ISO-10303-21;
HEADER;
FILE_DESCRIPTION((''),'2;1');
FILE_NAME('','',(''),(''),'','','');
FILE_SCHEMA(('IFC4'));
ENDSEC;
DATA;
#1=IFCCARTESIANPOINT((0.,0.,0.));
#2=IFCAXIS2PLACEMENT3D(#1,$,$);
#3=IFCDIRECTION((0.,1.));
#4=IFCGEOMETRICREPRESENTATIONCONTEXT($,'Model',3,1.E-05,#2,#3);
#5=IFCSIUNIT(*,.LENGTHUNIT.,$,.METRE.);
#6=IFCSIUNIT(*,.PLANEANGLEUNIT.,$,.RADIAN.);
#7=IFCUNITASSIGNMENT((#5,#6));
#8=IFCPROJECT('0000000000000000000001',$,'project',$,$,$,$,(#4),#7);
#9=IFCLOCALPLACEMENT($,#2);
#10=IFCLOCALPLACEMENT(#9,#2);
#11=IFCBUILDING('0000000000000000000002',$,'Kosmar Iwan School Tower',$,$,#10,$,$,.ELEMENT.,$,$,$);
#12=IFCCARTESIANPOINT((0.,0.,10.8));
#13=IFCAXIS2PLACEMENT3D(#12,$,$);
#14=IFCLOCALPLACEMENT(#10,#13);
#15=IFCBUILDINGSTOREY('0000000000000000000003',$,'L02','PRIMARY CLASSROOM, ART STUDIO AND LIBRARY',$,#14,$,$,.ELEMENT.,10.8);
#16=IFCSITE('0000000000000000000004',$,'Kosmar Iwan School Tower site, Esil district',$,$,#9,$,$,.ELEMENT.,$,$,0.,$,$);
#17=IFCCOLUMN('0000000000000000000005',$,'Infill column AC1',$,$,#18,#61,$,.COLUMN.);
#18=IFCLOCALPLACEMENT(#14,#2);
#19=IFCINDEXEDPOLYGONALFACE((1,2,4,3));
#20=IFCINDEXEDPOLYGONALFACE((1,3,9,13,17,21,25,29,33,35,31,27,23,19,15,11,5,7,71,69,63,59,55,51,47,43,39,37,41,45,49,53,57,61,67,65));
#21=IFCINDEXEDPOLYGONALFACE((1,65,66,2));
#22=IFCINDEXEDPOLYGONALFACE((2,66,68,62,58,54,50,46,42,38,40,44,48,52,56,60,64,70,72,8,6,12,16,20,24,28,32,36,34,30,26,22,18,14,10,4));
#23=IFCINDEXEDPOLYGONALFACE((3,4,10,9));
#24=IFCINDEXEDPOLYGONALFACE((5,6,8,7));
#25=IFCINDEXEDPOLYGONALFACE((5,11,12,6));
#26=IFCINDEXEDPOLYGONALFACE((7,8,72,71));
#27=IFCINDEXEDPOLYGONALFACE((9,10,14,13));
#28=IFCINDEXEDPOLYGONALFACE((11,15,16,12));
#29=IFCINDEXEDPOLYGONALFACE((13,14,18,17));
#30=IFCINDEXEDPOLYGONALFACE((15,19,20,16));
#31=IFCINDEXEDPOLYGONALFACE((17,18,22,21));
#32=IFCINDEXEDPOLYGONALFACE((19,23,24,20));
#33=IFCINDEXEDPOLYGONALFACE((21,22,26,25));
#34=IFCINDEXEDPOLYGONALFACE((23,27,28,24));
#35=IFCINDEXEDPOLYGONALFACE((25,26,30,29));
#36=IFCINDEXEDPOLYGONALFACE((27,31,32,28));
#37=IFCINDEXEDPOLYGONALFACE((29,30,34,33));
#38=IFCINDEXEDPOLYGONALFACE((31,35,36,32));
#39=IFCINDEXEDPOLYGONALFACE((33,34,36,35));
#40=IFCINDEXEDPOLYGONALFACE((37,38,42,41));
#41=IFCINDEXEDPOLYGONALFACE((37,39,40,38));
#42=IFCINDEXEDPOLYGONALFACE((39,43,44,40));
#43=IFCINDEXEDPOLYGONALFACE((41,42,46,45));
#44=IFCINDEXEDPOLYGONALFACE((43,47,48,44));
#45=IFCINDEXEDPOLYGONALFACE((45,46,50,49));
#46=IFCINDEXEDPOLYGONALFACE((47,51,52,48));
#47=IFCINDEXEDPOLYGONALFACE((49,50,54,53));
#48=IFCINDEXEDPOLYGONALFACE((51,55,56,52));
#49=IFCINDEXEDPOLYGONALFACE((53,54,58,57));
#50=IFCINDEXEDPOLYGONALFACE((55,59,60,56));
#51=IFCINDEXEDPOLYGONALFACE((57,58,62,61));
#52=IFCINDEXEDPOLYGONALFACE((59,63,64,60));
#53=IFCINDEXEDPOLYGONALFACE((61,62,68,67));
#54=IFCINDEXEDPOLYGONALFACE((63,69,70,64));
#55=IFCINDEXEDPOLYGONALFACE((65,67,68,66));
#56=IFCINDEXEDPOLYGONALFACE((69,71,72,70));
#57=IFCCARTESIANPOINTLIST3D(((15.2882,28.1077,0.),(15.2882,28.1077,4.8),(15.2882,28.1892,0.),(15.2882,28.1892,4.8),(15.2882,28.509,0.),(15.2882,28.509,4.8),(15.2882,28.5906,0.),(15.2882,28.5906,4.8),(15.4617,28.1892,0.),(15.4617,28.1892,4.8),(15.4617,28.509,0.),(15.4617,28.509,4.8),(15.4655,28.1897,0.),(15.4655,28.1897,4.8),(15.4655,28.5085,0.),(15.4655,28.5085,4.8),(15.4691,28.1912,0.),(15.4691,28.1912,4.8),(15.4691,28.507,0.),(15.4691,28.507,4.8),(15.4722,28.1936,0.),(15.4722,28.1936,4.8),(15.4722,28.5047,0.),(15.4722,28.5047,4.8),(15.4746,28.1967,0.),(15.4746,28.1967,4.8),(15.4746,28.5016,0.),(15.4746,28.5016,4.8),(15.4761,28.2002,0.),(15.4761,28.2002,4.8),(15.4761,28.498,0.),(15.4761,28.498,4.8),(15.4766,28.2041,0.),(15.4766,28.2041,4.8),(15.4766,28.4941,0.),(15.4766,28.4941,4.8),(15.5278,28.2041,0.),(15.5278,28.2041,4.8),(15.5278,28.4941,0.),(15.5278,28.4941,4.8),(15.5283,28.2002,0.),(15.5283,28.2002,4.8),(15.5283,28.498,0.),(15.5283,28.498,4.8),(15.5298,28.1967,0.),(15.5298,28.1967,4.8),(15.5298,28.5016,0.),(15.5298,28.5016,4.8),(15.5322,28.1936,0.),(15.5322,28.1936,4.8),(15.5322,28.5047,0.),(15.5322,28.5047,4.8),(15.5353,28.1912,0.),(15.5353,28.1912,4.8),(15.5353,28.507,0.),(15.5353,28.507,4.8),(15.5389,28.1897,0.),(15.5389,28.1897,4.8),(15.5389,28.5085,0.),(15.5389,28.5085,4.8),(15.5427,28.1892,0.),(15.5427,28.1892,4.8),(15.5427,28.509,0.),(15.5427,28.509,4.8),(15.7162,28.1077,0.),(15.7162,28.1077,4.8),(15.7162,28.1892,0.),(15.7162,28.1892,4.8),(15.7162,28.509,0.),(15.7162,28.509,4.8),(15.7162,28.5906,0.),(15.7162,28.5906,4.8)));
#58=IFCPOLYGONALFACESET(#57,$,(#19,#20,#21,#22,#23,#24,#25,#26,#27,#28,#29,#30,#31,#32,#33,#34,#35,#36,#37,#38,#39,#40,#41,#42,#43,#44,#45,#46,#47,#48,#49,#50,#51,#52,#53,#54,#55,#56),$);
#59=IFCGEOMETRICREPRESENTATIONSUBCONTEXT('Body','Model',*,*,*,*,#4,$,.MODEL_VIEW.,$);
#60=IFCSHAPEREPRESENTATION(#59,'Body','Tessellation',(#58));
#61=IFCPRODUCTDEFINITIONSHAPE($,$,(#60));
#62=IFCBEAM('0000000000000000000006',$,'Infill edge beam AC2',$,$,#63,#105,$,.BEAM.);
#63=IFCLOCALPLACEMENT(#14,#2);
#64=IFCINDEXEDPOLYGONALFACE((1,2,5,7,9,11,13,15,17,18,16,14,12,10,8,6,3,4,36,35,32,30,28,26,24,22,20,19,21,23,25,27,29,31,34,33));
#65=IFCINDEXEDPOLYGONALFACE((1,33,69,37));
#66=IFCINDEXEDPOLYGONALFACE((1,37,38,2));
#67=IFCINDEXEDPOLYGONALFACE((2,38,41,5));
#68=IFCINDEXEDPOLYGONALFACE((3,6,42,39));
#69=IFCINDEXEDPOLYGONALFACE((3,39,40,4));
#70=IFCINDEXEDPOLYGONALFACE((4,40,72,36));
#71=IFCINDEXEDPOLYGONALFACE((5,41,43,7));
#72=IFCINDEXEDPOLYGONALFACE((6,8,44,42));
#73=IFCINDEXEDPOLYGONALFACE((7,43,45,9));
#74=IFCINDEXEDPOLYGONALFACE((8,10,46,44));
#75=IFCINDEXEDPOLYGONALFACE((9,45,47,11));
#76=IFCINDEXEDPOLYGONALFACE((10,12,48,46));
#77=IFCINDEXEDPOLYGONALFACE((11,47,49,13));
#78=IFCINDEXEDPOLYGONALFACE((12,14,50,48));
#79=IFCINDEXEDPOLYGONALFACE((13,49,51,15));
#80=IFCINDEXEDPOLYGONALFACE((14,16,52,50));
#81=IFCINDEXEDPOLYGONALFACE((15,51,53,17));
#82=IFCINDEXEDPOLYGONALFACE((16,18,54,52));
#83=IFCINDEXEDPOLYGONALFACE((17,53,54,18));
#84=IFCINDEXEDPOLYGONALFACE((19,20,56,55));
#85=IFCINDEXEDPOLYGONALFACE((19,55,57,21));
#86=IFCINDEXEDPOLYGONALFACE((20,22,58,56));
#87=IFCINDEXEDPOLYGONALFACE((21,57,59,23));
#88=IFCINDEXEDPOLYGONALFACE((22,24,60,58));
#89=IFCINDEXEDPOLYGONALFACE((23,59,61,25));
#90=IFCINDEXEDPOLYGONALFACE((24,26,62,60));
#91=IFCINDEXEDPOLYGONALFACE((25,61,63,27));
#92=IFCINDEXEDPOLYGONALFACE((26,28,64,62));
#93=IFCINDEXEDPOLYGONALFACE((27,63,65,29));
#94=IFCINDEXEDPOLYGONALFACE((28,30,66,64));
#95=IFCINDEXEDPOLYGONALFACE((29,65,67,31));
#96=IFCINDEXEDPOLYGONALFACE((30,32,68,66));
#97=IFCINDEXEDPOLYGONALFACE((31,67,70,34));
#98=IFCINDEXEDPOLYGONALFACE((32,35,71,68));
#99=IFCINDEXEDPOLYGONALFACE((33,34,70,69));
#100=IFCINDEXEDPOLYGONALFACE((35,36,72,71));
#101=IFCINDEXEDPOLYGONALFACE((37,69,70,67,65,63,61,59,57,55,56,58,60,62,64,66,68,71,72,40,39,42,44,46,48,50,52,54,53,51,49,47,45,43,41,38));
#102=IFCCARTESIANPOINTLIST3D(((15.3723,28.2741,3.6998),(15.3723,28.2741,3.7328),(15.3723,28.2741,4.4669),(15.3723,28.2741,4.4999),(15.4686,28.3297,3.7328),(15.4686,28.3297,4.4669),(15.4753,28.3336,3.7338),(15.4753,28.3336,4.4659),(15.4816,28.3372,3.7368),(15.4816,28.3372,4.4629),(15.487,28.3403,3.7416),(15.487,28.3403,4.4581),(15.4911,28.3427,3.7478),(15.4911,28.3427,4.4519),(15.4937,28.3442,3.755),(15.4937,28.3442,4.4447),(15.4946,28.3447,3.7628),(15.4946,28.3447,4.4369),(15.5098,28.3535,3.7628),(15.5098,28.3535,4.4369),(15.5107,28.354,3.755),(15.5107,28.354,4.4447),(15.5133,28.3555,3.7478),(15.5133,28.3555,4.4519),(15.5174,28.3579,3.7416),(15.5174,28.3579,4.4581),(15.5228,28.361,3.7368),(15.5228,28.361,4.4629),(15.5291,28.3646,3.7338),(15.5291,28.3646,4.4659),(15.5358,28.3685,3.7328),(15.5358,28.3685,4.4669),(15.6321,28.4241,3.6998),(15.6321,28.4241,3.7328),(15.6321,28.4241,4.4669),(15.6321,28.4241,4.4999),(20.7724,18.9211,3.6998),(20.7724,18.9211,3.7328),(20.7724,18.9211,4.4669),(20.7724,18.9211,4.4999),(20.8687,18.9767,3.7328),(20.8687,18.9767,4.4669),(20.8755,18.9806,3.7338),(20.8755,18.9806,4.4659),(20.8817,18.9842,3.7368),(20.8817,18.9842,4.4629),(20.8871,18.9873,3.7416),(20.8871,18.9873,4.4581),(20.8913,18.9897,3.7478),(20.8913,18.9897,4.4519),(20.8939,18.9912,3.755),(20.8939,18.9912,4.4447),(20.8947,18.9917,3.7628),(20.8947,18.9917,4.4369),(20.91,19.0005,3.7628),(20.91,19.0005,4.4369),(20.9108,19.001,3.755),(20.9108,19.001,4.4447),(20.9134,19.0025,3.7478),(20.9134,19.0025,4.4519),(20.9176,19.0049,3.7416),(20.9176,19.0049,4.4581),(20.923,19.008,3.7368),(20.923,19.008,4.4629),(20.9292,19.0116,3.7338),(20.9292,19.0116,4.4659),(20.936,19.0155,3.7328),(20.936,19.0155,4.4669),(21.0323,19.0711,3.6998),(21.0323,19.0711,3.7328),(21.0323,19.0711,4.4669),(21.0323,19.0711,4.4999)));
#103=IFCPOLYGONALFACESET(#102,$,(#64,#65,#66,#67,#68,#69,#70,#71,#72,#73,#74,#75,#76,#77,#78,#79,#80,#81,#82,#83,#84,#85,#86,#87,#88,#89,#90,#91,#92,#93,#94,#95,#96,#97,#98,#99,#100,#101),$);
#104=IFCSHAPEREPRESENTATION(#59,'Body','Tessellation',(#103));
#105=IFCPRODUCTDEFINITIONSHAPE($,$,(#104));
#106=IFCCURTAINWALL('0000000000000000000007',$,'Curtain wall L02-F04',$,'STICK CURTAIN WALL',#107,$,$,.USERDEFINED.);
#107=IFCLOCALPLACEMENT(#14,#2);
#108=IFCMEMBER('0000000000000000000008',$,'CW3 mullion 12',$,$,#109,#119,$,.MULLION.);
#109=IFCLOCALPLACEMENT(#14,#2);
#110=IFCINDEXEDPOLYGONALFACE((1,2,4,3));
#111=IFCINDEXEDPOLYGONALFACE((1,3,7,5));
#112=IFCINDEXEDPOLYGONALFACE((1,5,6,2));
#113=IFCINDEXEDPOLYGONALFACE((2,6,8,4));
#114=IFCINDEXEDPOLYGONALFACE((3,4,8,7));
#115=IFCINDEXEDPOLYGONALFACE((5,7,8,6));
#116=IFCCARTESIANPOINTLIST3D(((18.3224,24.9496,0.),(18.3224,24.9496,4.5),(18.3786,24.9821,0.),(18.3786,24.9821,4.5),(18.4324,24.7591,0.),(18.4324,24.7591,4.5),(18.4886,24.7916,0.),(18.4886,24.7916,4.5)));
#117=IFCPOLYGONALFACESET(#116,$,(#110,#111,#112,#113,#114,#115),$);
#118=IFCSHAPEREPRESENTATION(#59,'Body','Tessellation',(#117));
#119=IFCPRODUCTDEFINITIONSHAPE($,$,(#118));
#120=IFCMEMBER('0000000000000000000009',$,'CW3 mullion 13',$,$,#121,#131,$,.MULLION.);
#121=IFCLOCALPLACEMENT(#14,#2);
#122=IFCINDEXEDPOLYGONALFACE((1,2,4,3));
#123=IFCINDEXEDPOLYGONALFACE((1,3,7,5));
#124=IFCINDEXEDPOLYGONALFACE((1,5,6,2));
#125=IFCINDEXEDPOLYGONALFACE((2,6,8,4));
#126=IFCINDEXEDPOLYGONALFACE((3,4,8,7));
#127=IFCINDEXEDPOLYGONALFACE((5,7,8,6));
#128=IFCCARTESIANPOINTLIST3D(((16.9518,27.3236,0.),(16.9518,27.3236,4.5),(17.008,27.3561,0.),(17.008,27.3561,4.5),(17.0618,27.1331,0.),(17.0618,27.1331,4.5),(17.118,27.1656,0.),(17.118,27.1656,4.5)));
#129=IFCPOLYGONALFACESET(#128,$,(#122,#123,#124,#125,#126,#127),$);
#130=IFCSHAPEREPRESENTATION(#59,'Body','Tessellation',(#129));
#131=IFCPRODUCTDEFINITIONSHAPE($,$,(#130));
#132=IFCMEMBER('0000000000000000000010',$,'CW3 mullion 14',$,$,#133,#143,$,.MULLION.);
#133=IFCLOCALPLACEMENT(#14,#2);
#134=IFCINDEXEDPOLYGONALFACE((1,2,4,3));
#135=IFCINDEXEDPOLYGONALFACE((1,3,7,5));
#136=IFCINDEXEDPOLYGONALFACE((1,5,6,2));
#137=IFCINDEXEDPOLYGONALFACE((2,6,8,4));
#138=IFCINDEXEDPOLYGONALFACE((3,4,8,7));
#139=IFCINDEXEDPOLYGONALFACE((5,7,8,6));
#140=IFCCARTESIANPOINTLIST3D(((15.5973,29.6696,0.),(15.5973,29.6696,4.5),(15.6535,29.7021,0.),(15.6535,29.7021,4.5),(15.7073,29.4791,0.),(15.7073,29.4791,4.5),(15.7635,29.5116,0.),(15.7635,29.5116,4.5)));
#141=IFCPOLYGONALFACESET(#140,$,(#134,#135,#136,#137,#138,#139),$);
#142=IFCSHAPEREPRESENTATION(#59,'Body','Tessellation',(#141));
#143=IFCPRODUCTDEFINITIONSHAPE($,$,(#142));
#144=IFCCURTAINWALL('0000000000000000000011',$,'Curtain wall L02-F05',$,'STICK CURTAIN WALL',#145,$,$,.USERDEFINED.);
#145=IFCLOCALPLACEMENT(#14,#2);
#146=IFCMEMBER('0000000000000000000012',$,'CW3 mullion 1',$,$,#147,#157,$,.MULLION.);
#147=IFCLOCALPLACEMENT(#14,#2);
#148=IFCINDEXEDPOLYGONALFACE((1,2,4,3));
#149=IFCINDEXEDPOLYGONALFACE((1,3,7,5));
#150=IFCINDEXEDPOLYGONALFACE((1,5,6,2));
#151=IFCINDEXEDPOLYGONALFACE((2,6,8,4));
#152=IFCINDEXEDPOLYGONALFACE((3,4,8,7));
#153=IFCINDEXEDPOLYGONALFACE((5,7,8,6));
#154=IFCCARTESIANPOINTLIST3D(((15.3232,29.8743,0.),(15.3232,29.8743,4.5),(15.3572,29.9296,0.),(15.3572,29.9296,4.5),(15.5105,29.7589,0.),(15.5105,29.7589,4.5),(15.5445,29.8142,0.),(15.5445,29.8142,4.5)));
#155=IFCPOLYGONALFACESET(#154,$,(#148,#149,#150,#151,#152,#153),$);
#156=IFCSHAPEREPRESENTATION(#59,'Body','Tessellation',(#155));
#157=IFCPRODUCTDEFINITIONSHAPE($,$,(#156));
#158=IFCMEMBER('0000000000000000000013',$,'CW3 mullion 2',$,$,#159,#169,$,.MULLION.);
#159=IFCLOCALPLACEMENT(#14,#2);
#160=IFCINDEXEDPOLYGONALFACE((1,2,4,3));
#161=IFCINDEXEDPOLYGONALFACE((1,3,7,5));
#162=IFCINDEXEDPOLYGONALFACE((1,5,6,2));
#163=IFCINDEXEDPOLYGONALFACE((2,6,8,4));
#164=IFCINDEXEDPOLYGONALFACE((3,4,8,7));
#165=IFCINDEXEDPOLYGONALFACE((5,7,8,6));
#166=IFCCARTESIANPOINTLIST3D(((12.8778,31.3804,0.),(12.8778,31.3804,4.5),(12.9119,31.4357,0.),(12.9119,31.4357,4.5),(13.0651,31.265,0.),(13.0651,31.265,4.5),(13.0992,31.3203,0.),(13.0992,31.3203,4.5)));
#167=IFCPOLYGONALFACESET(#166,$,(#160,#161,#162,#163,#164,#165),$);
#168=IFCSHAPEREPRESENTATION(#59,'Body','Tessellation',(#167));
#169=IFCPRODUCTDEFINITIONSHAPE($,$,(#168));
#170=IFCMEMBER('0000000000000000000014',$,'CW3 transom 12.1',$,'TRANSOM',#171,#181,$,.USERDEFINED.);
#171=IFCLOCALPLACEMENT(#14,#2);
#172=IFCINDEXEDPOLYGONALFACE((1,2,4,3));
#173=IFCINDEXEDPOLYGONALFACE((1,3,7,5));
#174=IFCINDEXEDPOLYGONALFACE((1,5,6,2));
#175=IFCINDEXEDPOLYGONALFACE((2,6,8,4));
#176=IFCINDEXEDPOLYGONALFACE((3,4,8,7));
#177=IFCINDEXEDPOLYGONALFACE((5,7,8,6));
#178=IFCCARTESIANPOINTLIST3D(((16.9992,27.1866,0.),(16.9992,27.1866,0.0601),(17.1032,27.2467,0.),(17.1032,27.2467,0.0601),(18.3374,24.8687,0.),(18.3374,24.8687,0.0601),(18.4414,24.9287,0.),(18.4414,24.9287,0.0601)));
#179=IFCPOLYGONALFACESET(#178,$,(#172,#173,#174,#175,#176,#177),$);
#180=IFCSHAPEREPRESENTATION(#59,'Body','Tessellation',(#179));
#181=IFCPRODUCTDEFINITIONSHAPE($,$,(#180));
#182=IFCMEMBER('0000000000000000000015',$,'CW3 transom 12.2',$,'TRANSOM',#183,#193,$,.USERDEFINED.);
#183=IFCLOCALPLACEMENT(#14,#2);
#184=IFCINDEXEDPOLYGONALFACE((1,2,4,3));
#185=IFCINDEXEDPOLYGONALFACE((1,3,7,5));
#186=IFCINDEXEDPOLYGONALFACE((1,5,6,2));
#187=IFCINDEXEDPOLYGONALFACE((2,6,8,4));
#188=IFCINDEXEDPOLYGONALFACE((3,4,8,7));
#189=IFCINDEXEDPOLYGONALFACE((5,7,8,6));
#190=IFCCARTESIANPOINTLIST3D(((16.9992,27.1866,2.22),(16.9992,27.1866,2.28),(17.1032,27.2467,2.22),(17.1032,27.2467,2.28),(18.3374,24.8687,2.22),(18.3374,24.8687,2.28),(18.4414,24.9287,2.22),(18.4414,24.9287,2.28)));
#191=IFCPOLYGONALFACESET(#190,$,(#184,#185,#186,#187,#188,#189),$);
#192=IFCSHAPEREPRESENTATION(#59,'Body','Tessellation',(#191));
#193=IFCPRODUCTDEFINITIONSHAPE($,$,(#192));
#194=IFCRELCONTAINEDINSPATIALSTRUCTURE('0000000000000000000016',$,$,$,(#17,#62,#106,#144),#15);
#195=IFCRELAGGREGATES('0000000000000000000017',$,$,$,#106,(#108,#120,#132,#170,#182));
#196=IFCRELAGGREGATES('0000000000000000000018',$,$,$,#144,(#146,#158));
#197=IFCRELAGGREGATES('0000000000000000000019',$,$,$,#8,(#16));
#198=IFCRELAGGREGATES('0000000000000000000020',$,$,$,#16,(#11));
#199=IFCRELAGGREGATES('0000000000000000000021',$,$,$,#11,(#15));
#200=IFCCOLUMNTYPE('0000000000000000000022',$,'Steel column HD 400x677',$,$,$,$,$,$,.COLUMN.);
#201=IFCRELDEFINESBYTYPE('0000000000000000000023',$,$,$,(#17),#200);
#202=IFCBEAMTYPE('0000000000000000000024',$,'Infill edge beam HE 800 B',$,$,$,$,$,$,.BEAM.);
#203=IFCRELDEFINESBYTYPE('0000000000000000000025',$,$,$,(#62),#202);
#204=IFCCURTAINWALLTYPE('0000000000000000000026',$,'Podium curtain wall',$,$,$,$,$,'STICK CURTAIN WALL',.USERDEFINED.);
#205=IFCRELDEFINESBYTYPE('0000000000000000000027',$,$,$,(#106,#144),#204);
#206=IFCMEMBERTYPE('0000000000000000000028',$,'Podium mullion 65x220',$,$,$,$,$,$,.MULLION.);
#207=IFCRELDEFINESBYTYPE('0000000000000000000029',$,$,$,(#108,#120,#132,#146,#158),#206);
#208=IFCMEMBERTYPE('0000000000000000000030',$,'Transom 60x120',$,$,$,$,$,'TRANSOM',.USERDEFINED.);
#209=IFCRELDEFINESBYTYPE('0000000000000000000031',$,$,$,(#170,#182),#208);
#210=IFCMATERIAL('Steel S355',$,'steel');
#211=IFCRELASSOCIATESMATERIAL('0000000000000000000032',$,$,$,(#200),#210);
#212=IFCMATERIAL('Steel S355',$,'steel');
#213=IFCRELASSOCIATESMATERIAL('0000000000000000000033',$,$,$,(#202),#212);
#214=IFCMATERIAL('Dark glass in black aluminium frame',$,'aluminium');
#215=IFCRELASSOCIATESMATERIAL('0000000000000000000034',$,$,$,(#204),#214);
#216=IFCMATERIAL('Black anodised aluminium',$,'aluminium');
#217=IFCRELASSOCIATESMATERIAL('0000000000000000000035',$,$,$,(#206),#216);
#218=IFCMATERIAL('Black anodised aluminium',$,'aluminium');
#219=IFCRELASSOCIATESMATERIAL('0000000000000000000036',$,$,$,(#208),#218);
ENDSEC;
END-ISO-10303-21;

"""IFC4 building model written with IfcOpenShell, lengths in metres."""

from ifc_helpers import new_model, si_unit, direction, frame, origin, origin_2d, place, context, subcontext, project, spatial, rectangle, i_section, extrude, material, material_profile, profile_set, type_object, element, aggregate, save


model = new_model("IFC4")

# Units and contexts
model_context = context("Model", 3, precision=1e-05, world=origin(), true_north=direction((0.0, 1.0)))
body_context = subcontext(model_context, "Body", "Model", "MODEL_VIEW")
ifc_project = project(units=[si_unit("LENGTHUNIT", "METRE"), si_unit("PLANEANGLEUNIT", "RADIAN")], contexts=[model_context])

# Site, building, storey
site_placement = place(None, origin())
site = spatial("IfcSite", under=ifc_project, at=site_placement, Name="Kosmar Iwan School Tower site, Esil district", CompositionType="ELEMENT", RefElevation=0.0)
building_placement = place(site_placement, origin())
building = spatial("IfcBuilding", under=site, at=building_placement, Name="Kosmar Iwan School Tower", CompositionType="ELEMENT")
storey_placement = place(building_placement, frame((0.0, 0.0, 10.8)))
storey = spatial("IfcBuildingStorey", under=building, at=storey_placement, Name="L02", Description="PRIMARY CLASSROOM, ART STUDIO AND LIBRARY", CompositionType="ELEMENT", Elevation=10.8)

# Column
ifc_material_1 = material(Name="Steel S355", Category="steel")
ifc_material_profile_1 = material_profile(ifc_material_1, i_section(OverallWidth=0.428, OverallDepth=0.4829, WebThickness=0.0513, FlangeThickness=0.0815, FilletRadius=0.0149, at=origin_2d()), Name="HD 400x677")
ifc_profile_set_1 = profile_set([ifc_material_profile_1], Name="Steel S355")
column_type = type_object("IfcColumnType", Name="Steel column HD 400x677", PredefinedType="COLUMN", material=ifc_profile_set_1)
column_placement = place(storey_placement, frame((15.5022, 28.3491, 0.0), z_axis=(0.0, 0.0, 1.0), x_axis=(1.0, 0.0, 0.0)))
element("IfcColumn", 1, at=column_placement, inside=storey, type_object=column_type, Name="Infill column AC1", PredefinedType="COLUMN", context=body_context, shape_type="SweptSolid", body=[
    extrude(i_section(OverallWidth=0.428, OverallDepth=0.4829, WebThickness=0.0513, FlangeThickness=0.0815, FilletRadius=0.0149, at=origin_2d()), origin(), (0.0, 0.0, 1.0), 4.8),
])

# Beam
ifc_material_2 = material(Name="Steel S355", Category="steel")
ifc_material_profile_2 = material_profile(ifc_material_2, i_section(OverallWidth=0.3, OverallDepth=0.8, WebThickness=0.0176, FlangeThickness=0.033, FilletRadius=0.03, at=origin_2d()), Name="HE 800 B")
ifc_profile_set_2 = profile_set([ifc_material_profile_2], Name="Steel S355")
beam_type = type_object("IfcBeamType", Name="Infill edge beam HE 800 B", PredefinedType="BEAM", material=ifc_profile_set_2)
beam_placement = place(storey_placement, frame((15.5022, 28.3491, 4.0999), z_axis=(0.500012, -0.866018, 0.0), x_axis=(0.866018, 0.500012, 0.0)))
element("IfcBeam", 2, at=beam_placement, inside=storey, type_object=beam_type, Name="Infill edge beam AC2", PredefinedType="BEAM", context=body_context, shape_type="SweptSolid", body=[
    extrude(i_section(OverallWidth=0.3, OverallDepth=0.8, WebThickness=0.0176, FlangeThickness=0.033, FilletRadius=0.03, at=origin_2d()), origin(), (0.0, 0.0, 1.0), 10.8),
])

# Curtain walls, members
ifc_material_3 = material(Name="Dark glass in black aluminium frame", Category="aluminium")
curtain_wall_type = type_object("IfcCurtainWallType", Name="Podium curtain wall", ElementType="STICK CURTAIN WALL", PredefinedType="USERDEFINED", material=ifc_material_3)
curtain_wall_1_placement = place(storey_placement, origin())
curtain_wall_1 = element("IfcCurtainWall", 3, at=curtain_wall_1_placement, inside=storey, type_object=curtain_wall_type, Name="Curtain wall L02-F04", ObjectType="STICK CURTAIN WALL", PredefinedType="USERDEFINED")
ifc_material_4 = material(Name="Black anodised aluminium", Category="aluminium")
ifc_material_profile_3 = material_profile(ifc_material_4, rectangle(XDim=0.0649, YDim=0.22, at=origin_2d()), Name="MULLION 65x220")
ifc_profile_set_3 = profile_set([ifc_material_profile_3], Name="Black anodised aluminium")
member_type_1 = type_object("IfcMemberType", Name="Podium mullion 65x220", PredefinedType="MULLION", material=ifc_profile_set_3)
member_1_placement = place(storey_placement, frame((18.4055, 24.8706, 0.0), z_axis=(0.0, 0.0, 1.0), x_axis=(-0.866025, -0.5, 0.0)))
member_1 = element("IfcMember", 4, at=member_1_placement, type_object=member_type_1, Name="CW3 mullion 12", PredefinedType="MULLION", context=body_context, shape_type="SweptSolid", body=[
    extrude(rectangle(XDim=0.0649, YDim=0.22, at=origin_2d()), origin(), (0.0, 0.0, 1.0), 4.5),
])
member_2_placement = place(storey_placement, frame((17.0349, 27.2446, 0.0), z_axis=(0.0, 0.0, 1.0), x_axis=(-0.866025, -0.5, 0.0)))
member_2 = element("IfcMember", 5, at=member_2_placement, type_object=member_type_1, Name="CW3 mullion 13", PredefinedType="MULLION", context=body_context, shape_type="SweptSolid", body=[
    extrude(rectangle(XDim=0.0649, YDim=0.22, at=origin_2d()), origin(), (0.0, 0.0, 1.0), 4.5),
])
member_3_placement = place(storey_placement, frame((15.6804, 29.5906, 0.0), z_axis=(0.0, 0.0, 1.0), x_axis=(-0.866025, -0.5, 0.0)))
member_3 = element("IfcMember", 6, at=member_3_placement, type_object=member_type_1, Name="CW3 mullion 14", PredefinedType="MULLION", context=body_context, shape_type="SweptSolid", body=[
    extrude(rectangle(XDim=0.0649, YDim=0.22, at=origin_2d()), origin(), (0.0, 0.0, 1.0), 4.5),
])
curtain_wall_2_placement = place(storey_placement, origin())
curtain_wall_2 = element("IfcCurtainWall", 7, at=curtain_wall_2_placement, inside=storey, type_object=curtain_wall_type, Name="Curtain wall L02-F05", ObjectType="STICK CURTAIN WALL", PredefinedType="USERDEFINED")
member_4_placement = place(storey_placement, frame((15.4338, 29.8442, 0.0), z_axis=(0.0, 0.0, 1.0), x_axis=(-0.524382, -0.851483, 0.0)))
member_4 = element("IfcMember", 8, at=member_4_placement, type_object=member_type_1, Name="CW3 mullion 1", PredefinedType="MULLION", context=body_context, shape_type="SweptSolid", body=[
    extrude(rectangle(XDim=0.0649, YDim=0.22, at=origin_2d()), origin(), (0.0, 0.0, 1.0), 4.5),
])
member_5_placement = place(storey_placement, frame((12.9885, 31.3503, 0.0), z_axis=(0.0, 0.0, 1.0), x_axis=(-0.524382, -0.851483, 0.0)))
member_5 = element("IfcMember", 9, at=member_5_placement, type_object=member_type_1, Name="CW3 mullion 2", PredefinedType="MULLION", context=body_context, shape_type="SweptSolid", body=[
    extrude(rectangle(XDim=0.0649, YDim=0.22, at=origin_2d()), origin(), (0.0, 0.0, 1.0), 4.5),
])

# Members
ifc_material_5 = material(Name="Black anodised aluminium", Category="aluminium")
ifc_material_profile_4 = material_profile(ifc_material_5, rectangle(XDim=0.1201, YDim=0.0601, at=origin_2d()), Name="TRANSOM 60x120")
ifc_profile_set_4 = profile_set([ifc_material_profile_4], Name="Black anodised aluminium")
member_type_2 = type_object("IfcMemberType", Name="Transom 60x120", ElementType="TRANSOM", PredefinedType="USERDEFINED", material=ifc_profile_set_4)
member_6_placement = place(storey_placement, frame((18.3894, 24.8987, 0.03), z_axis=(-0.499975, 0.86604, 0.0), x_axis=(-0.86604, -0.499975, 0.0)))
member_6 = element("IfcMember", 10, at=member_6_placement, type_object=member_type_2, Name="CW3 transom 12.1", ObjectType="TRANSOM", PredefinedType="USERDEFINED", context=body_context, shape_type="SweptSolid", body=[
    extrude(rectangle(XDim=0.1201, YDim=0.0601, at=origin_2d()), origin(), (0.0, 0.0, 1.0), 2.6765),
])
member_7_placement = place(storey_placement, frame((18.3894, 24.8987, 2.25), z_axis=(-0.499975, 0.86604, 0.0), x_axis=(-0.86604, -0.499975, 0.0)))
member_7 = element("IfcMember", 11, at=member_7_placement, type_object=member_type_2, Name="CW3 transom 12.2", ObjectType="TRANSOM", PredefinedType="USERDEFINED", context=body_context, shape_type="SweptSolid", body=[
    extrude(rectangle(XDim=0.1201, YDim=0.0601, at=origin_2d()), origin(), (0.0, 0.0, 1.0), 2.6765),
])

aggregate(curtain_wall_1, [member_1, member_2, member_3, member_6, member_7])
aggregate(curtain_wall_2, [member_4, member_5])

save(model, "model.ifc")
